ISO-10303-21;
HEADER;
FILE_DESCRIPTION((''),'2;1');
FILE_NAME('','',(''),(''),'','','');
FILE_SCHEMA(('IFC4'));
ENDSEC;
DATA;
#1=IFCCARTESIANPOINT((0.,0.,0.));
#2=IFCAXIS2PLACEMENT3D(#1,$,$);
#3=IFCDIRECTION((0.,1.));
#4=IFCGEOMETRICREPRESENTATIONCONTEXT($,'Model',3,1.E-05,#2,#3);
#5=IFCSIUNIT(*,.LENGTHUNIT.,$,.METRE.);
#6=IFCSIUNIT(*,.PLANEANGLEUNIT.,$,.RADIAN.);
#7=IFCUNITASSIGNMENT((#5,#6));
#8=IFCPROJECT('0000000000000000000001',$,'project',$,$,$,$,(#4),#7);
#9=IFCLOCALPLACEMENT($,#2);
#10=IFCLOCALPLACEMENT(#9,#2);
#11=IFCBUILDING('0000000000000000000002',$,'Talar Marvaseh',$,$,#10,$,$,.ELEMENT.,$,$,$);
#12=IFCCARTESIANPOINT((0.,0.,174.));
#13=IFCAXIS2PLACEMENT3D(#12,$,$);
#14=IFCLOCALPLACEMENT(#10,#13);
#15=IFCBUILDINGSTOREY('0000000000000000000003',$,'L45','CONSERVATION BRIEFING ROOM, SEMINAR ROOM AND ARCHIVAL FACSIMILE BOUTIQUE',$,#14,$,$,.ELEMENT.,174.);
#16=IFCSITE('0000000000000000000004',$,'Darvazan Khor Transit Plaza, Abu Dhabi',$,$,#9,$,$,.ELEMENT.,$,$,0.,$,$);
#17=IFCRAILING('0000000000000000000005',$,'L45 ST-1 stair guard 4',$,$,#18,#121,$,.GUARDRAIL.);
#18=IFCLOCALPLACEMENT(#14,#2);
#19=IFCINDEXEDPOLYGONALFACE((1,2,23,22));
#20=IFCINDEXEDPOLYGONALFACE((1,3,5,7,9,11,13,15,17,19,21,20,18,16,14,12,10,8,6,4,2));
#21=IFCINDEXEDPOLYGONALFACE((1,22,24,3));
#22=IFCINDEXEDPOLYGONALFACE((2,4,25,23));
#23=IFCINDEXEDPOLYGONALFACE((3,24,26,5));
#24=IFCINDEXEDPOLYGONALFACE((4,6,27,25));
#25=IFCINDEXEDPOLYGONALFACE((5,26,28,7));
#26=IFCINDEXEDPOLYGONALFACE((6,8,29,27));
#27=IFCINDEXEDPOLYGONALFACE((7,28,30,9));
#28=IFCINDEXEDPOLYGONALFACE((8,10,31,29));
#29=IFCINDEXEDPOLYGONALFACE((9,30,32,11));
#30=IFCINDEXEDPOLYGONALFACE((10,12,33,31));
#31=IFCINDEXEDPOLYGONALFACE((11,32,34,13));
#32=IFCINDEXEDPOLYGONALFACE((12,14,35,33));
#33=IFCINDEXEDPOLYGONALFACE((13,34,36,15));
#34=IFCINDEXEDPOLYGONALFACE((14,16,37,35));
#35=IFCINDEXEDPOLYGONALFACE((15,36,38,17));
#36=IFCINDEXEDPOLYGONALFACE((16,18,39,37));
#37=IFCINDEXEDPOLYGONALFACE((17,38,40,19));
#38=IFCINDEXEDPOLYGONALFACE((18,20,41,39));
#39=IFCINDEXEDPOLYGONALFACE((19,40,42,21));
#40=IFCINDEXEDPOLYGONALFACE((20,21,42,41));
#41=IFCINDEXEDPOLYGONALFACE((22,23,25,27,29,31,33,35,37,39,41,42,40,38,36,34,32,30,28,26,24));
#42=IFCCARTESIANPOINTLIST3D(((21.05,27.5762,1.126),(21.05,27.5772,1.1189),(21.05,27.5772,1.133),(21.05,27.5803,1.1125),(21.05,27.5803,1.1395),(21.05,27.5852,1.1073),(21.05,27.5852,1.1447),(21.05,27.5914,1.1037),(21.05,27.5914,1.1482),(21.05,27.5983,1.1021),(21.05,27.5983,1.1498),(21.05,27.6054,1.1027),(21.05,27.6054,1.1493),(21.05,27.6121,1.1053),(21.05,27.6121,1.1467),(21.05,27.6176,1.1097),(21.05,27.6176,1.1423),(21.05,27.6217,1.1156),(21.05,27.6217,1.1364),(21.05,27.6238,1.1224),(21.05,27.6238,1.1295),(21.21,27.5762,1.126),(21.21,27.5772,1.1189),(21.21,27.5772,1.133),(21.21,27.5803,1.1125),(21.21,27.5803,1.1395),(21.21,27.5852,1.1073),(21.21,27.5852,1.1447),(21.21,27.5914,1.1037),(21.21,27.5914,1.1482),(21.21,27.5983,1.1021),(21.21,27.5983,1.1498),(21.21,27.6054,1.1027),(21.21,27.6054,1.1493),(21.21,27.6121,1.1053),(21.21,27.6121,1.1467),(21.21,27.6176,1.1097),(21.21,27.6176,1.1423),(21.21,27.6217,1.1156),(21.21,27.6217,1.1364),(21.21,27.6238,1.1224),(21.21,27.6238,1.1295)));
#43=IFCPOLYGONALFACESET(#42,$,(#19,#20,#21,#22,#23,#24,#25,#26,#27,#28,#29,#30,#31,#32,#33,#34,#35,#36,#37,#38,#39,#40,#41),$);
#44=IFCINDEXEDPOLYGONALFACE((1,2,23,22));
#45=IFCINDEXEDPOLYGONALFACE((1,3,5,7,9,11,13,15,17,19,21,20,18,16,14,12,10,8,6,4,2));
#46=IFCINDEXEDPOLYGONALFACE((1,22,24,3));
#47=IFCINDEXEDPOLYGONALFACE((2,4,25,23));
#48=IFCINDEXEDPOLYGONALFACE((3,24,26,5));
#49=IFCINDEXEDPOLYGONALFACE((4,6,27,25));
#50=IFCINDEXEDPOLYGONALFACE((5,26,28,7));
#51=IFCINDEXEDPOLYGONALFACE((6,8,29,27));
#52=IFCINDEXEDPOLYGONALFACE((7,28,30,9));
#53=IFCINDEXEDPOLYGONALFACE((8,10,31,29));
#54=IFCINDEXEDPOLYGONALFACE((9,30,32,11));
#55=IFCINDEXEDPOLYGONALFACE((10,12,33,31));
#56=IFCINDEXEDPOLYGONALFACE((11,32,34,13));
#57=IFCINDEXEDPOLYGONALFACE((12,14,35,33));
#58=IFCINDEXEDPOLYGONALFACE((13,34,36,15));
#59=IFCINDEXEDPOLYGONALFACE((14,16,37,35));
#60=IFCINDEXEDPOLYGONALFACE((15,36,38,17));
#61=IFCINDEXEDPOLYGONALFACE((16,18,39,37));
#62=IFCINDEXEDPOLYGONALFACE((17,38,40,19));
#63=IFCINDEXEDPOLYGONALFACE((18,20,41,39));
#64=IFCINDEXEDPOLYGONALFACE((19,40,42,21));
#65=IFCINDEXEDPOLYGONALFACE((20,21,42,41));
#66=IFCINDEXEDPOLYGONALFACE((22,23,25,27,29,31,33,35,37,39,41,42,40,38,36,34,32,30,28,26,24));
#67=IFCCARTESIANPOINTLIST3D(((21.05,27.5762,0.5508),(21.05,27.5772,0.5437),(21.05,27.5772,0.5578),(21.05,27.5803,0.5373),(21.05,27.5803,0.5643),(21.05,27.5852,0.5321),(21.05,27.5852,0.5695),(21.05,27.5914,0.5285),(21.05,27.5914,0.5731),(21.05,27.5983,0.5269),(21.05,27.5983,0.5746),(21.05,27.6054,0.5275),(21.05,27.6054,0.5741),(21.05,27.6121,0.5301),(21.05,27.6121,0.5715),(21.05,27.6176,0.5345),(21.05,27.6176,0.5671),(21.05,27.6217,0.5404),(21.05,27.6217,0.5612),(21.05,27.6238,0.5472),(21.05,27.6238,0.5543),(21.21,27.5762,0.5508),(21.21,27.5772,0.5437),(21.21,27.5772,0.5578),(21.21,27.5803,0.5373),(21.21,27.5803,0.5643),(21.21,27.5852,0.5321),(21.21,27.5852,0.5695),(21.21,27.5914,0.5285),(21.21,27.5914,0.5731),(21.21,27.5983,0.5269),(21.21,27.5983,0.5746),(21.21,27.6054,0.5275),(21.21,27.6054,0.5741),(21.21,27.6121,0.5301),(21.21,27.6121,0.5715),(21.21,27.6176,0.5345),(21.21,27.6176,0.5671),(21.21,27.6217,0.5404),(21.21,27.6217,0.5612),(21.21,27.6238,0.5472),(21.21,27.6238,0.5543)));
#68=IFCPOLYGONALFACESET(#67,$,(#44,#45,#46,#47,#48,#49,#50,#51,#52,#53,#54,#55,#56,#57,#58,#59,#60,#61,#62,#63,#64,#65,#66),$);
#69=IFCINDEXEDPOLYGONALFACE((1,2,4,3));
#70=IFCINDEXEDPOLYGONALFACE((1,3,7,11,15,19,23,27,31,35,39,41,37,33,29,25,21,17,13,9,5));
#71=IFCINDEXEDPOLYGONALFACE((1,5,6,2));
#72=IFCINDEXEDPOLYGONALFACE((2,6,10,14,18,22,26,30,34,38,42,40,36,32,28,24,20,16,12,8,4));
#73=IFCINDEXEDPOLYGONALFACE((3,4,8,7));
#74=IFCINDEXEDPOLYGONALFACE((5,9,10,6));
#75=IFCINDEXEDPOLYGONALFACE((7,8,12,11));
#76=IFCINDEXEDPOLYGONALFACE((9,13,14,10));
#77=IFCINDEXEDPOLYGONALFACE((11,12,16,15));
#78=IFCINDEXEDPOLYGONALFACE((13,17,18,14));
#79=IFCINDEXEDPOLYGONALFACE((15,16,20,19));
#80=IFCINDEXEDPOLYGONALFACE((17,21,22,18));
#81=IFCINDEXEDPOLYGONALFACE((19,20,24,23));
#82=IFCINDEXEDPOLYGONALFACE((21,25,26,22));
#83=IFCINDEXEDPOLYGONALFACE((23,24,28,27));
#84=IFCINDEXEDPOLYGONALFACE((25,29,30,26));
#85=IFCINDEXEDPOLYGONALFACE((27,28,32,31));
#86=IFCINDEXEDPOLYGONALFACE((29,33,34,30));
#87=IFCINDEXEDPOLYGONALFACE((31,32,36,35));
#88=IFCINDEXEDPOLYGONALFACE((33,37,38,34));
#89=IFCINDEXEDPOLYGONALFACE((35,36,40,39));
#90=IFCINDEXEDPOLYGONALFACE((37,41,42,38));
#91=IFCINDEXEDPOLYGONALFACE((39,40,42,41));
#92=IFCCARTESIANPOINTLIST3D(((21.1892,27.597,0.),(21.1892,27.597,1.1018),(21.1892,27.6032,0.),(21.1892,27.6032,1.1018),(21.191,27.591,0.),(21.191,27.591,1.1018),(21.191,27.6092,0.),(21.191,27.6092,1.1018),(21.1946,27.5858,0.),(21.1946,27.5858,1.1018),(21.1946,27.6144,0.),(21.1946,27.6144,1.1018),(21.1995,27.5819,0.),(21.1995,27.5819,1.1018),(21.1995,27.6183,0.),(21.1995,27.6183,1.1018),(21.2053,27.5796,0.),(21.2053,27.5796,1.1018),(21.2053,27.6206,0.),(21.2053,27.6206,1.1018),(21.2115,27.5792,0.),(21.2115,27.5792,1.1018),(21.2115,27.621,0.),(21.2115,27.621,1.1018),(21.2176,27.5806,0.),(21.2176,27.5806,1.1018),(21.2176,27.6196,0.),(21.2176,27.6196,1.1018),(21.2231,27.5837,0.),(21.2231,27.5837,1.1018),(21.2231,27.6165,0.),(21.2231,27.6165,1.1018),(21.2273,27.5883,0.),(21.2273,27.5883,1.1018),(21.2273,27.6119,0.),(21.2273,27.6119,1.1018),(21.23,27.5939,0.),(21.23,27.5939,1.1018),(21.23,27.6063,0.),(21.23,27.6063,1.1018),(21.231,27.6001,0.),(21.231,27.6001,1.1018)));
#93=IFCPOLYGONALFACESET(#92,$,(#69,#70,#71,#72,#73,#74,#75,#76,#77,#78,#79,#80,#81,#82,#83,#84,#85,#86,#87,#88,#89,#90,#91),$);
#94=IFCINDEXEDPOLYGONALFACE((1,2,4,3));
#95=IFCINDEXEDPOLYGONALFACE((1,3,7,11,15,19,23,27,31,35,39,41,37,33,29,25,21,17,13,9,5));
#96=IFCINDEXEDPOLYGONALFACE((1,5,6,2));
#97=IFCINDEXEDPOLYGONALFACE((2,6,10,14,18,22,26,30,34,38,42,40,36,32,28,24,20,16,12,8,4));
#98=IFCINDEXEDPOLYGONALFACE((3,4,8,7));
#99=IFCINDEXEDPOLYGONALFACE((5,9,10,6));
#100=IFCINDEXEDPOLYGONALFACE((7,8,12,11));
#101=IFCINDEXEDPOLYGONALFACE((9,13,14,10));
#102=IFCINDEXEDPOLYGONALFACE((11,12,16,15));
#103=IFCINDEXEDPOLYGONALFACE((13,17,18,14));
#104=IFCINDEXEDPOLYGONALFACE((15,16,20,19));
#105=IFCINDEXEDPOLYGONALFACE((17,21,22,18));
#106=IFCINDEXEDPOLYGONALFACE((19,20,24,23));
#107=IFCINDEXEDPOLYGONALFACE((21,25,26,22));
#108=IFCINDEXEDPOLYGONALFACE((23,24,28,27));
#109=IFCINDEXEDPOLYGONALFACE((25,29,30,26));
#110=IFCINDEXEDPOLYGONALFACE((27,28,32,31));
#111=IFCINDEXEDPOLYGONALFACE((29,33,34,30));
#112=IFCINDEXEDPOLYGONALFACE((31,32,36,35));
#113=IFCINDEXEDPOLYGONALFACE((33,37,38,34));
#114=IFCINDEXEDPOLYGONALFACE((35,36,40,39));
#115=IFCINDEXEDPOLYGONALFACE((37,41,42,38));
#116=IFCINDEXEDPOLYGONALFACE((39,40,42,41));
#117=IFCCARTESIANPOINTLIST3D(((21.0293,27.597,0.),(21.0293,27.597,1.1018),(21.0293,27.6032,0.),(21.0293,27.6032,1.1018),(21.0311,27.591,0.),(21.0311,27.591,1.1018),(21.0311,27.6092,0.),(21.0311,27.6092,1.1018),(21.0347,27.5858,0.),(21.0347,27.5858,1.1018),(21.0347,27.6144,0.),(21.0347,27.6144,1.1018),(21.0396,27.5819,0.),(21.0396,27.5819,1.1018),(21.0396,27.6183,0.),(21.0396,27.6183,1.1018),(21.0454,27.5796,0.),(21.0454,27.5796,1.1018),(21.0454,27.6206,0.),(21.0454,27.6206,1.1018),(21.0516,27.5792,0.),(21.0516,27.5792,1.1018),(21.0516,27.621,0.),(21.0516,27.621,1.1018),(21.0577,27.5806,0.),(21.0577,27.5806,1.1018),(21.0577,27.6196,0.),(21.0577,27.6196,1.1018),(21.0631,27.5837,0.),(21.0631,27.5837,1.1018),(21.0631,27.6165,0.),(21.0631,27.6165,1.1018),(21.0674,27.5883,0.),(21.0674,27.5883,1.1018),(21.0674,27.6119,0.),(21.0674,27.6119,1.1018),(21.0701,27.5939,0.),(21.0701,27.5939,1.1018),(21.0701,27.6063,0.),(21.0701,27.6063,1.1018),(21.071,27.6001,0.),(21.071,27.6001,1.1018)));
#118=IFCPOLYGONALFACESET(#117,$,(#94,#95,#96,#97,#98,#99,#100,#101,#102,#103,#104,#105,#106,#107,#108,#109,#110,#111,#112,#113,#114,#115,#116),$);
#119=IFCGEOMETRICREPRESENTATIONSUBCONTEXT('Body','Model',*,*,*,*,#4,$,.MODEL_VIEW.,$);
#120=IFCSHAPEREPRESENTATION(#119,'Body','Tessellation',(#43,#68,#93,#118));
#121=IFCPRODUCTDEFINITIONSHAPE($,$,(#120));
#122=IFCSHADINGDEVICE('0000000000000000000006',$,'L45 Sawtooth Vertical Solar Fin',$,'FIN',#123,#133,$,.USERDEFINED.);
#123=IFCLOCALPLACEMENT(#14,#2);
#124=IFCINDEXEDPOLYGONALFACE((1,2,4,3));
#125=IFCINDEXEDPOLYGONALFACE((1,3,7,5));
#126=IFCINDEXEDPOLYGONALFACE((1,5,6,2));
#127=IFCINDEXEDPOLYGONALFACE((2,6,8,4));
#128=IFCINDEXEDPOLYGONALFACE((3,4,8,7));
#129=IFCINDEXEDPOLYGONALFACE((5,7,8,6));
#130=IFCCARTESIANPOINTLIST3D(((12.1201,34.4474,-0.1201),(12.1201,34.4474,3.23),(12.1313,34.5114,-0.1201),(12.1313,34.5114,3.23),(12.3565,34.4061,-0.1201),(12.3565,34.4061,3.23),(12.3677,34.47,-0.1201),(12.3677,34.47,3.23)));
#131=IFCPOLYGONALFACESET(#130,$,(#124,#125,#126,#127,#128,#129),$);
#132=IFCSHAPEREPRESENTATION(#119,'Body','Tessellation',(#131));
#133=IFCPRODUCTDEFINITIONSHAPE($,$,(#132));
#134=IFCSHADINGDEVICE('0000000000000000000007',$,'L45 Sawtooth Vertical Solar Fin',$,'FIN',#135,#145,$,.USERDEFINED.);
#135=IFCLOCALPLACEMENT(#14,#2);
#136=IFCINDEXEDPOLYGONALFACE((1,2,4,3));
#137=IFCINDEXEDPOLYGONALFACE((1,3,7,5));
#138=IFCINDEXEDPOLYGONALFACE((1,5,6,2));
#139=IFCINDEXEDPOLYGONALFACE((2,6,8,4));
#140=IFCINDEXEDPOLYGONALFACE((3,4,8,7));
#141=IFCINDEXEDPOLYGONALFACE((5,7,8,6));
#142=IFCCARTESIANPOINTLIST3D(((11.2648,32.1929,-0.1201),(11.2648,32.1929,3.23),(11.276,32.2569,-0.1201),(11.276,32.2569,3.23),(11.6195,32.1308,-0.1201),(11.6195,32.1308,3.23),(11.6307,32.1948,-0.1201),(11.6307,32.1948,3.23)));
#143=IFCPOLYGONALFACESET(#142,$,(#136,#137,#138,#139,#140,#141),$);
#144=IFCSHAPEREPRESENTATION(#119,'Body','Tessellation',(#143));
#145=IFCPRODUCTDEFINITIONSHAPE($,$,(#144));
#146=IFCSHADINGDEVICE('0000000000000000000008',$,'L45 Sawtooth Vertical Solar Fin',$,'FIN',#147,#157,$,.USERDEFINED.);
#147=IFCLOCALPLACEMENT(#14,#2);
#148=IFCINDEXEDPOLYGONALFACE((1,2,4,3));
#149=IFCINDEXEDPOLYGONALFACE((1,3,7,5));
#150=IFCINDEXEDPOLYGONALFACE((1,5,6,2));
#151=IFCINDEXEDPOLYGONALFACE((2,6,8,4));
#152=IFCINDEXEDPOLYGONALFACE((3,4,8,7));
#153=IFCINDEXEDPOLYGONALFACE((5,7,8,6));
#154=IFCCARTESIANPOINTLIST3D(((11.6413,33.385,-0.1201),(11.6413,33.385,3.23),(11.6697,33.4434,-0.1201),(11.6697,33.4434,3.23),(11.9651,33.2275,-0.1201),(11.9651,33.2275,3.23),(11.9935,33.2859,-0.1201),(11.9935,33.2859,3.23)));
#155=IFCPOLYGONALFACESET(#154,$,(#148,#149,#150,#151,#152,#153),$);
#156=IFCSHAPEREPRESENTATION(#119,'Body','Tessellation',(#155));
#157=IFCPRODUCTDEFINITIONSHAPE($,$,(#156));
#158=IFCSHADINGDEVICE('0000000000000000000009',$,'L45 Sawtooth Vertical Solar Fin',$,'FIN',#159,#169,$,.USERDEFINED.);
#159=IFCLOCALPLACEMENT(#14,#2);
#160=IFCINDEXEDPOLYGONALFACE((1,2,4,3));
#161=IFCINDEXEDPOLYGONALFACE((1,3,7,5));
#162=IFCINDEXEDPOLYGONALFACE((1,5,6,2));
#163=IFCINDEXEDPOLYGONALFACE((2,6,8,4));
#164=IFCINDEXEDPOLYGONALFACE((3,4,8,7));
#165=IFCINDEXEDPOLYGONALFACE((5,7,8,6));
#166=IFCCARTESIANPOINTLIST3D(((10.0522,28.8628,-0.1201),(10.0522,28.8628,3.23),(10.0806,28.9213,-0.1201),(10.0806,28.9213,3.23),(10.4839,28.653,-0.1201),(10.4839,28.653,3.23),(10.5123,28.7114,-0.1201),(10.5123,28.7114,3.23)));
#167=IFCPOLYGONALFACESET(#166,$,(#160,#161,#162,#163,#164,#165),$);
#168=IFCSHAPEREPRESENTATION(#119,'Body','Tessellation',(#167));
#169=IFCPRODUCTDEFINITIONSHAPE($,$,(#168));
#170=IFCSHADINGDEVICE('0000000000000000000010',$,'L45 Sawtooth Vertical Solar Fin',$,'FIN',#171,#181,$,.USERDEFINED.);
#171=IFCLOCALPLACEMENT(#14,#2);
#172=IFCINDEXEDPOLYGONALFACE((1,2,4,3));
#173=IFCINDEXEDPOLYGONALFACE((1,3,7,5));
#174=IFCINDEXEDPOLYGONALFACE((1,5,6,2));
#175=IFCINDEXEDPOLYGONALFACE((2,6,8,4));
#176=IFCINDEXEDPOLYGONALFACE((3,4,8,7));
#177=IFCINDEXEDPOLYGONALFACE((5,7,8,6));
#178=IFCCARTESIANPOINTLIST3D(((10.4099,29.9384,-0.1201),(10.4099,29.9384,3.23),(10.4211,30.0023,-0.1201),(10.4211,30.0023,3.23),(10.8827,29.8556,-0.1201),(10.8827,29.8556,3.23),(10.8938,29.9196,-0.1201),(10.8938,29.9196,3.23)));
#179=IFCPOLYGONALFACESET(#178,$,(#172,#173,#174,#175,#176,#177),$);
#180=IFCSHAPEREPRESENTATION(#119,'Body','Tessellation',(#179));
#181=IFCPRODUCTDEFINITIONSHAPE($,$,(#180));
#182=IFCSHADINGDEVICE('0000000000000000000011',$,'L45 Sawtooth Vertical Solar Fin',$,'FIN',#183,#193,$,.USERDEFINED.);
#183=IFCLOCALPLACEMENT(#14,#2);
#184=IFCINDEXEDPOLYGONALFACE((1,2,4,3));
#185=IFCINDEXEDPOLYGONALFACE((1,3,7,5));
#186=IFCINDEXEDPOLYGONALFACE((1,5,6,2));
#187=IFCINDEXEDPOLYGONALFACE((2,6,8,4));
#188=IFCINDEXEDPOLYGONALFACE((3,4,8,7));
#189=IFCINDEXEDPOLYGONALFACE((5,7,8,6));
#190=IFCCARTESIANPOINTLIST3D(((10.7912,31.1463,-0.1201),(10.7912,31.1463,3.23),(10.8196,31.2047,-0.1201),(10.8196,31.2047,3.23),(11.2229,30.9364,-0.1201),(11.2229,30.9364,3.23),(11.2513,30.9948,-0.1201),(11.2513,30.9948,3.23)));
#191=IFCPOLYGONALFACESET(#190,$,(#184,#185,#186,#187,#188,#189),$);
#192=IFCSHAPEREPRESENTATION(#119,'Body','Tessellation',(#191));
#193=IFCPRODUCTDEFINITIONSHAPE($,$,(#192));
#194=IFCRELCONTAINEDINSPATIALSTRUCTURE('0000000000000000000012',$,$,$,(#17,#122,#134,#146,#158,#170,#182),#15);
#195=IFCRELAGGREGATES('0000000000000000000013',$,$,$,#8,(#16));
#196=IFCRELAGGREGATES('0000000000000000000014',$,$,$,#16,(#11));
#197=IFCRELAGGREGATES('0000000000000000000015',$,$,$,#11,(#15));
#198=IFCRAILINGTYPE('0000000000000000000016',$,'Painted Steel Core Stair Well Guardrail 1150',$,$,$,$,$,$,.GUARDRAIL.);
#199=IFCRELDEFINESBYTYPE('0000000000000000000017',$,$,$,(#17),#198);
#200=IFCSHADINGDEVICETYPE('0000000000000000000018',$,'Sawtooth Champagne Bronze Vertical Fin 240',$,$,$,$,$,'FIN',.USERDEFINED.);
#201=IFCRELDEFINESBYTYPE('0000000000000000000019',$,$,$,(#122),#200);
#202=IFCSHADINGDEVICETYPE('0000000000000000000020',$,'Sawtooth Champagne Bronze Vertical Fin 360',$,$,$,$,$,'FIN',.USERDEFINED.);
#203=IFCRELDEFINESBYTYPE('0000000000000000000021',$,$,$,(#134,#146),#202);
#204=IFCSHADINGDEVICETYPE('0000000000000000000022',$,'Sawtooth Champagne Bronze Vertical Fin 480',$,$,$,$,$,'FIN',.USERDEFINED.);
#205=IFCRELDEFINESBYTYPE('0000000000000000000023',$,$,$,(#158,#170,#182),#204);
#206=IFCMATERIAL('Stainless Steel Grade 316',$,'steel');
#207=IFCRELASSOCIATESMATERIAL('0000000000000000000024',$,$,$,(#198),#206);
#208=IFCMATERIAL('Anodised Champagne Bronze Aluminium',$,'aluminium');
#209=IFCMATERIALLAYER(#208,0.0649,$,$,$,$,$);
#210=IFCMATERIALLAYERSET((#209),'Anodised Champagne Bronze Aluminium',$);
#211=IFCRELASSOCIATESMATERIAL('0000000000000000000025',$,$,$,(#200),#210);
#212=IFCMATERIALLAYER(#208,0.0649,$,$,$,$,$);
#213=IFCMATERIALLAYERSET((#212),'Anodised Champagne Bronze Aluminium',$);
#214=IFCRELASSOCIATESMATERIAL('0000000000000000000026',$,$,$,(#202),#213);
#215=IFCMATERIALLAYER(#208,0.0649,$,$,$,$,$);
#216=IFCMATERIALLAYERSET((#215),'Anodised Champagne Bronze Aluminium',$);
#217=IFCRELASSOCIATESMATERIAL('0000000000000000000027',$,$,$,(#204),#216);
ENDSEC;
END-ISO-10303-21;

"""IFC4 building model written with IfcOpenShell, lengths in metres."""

from ifc_helpers import new_model, si_unit, direction, frame, origin, origin_2d, place, context, subcontext, project, spatial, rectangle, circle, extrude, source, transform, mapped, material, layer, layer_set, type_object, type_shapes, element, save


model = new_model("IFC4")

# Units and contexts
model_context = context("Model", 3, precision=1e-05, world=origin(), true_north=direction((0.0, 1.0)))
body_context = subcontext(model_context, "Body", "Model", "MODEL_VIEW")
ifc_project = project(units=[si_unit("LENGTHUNIT", "METRE"), si_unit("PLANEANGLEUNIT", "RADIAN")], contexts=[model_context])

# Site, building, storey
site_placement = place(None, origin())
site = spatial("IfcSite", under=ifc_project, at=site_placement, Name="Darvazan Khor Transit Plaza, Abu Dhabi", CompositionType="ELEMENT", RefElevation=0.0)
building_placement = place(site_placement, origin())
building = spatial("IfcBuilding", under=site, at=building_placement, Name="Talar Marvaseh", CompositionType="ELEMENT")
storey_placement = place(building_placement, frame((0.0, 0.0, 174.0)))
storey = spatial("IfcBuildingStorey", under=building, at=storey_placement, Name="L45", Description="CONSERVATION BRIEFING ROOM, SEMINAR ROOM AND ARCHIVAL FACSIMILE BOUTIQUE", CompositionType="ELEMENT", Elevation=174.0)

# Railing
ifc_material_1 = material(Name="Stainless Steel Grade 316", Category="steel")
railing_type_1 = type_object("IfcRailingType", Name="Painted Steel Core Stair Well Guardrail 1150", PredefinedType="GUARDRAIL", material=ifc_material_1)
railing_1_placement = place(storey_placement, frame((21.21, 27.6001, 0.0)))
element("IfcRailing", 1, at=railing_1_placement, inside=storey, type_object=railing_type_1, Name="L45 ST-1 stair guard 4", PredefinedType="GUARDRAIL", context=body_context, shape_type="SweptSolid", body=[
    extrude(circle(Radius=0.0239, at=origin_2d()), frame((0.0, 0.0, 1.126), z_axis=(-1.0, 0.0, 0.0), x_axis=(0.0, -1.0, 0.0)), (0.0, 0.0, 1.0), 0.1599),
    extrude(circle(Radius=0.0239, at=origin_2d()), frame((0.0, 0.0, 0.5508), z_axis=(-1.0, 0.0, 0.0), x_axis=(0.0, -1.0, 0.0)), (0.0, 0.0, 1.0), 0.1599),
    extrude(circle(Radius=0.021, at=origin_2d()), origin(), (0.0, 0.0, 1.0), 1.1018),
    extrude(circle(Radius=0.021, at=origin_2d()), frame((-0.1599, 0.0, 0.0)), (0.0, 0.0, 1.0), 1.1018),
])

# Shading devices
ifc_material_2 = material(Name="Anodised Champagne Bronze Aluminium", Category="aluminium")
ifc_layer_1 = layer(ifc_material_2, 0.0649)
ifc_layer_set_1 = layer_set([ifc_layer_1], Name="Anodised Champagne Bronze Aluminium")
shading_device_type_1 = type_object("IfcShadingDeviceType", Name="Sawtooth Champagne Bronze Vertical Fin 240", ElementType="FIN", PredefinedType="USERDEFINED", material=ifc_layer_set_1)
shared_shape_1 = source(origin(), body_context, "Body", "SweptSolid", [
    extrude(rectangle(XDim=0.24, YDim=0.0649, at=origin_2d()), origin(), (0.0, 0.0, 1.0), 3.3501),
])
type_shapes(shading_device_type_1, [shared_shape_1])
shading_device_placement = place(storey_placement, frame((12.2439, 34.4587, -0.1201), z_axis=(0.0, 0.0, 1.0), x_axis=(-0.985019, 0.172445, 0.0)))
element("IfcShadingDevice", 2, at=shading_device_placement, inside=storey, type_object=shading_device_type_1, Name="L45 Sawtooth Vertical Solar Fin", ObjectType="FIN", PredefinedType="USERDEFINED", context=body_context, shape_type="MappedRepresentation", body=[
    mapped(shared_shape_1, transform((0.0, 0.0, 0.0), x_axis=(1.0, 0.0, 0.0), y_axis=(0.0, 1.0, 0.0), z_axis=(0.0, 0.0, 1.0), scale=1.0)),
])
ifc_layer_2 = layer(ifc_material_2, 0.0649)
ifc_layer_set_2 = layer_set([ifc_layer_2], Name="Anodised Champagne Bronze Aluminium")
shading_device_type_2 = type_object("IfcShadingDeviceType", Name="Sawtooth Champagne Bronze Vertical Fin 360", ElementType="FIN", PredefinedType="USERDEFINED", material=ifc_layer_set_2)
shared_shape_2 = source(origin(), body_context, "Body", "SweptSolid", [
    extrude(rectangle(XDim=0.3601, YDim=0.0649, at=origin_2d()), origin(), (0.0, 0.0, 1.0), 3.3501),
])
type_shapes(shading_device_type_2, [shared_shape_2])
for number, where, z_axis, x_axis, name in (
    (3, (11.4478, 32.1938, -0.1201), (0.0, 0.0, 1.0), (-0.985019, 0.172445, 0.0), "L45 Sawtooth Vertical Solar Fin"),
    (4, (11.8174, 33.3354, -0.1201), (0.0, 0.0, 1.0), (-0.899329, 0.437273, 0.0), "L45 Sawtooth Vertical Solar Fin"),
):
    element("IfcShadingDevice", number, at=place(storey_placement, frame(where, z_axis=z_axis, x_axis=x_axis)), inside=storey, type_object=shading_device_type_2, Name=name, ObjectType="FIN", PredefinedType="USERDEFINED", context=body_context, shape_type="MappedRepresentation", body=[
        mapped(shared_shape_2, transform((0.0, 0.0, 0.0), x_axis=(1.0, 0.0, 0.0), y_axis=(0.0, 1.0, 0.0), z_axis=(0.0, 0.0, 1.0), scale=1.0)),
    ])
ifc_layer_3 = layer(ifc_material_2, 0.0649)
ifc_layer_set_3 = layer_set([ifc_layer_3], Name="Anodised Champagne Bronze Aluminium")
shading_device_type_3 = type_object("IfcShadingDeviceType", Name="Sawtooth Champagne Bronze Vertical Fin 480", ElementType="FIN", PredefinedType="USERDEFINED", material=ifc_layer_set_3)
shared_shape_3 = source(origin(), body_context, "Body", "SweptSolid", [
    extrude(rectangle(XDim=0.48, YDim=0.0649, at=origin_2d()), origin(), (0.0, 0.0, 1.0), 3.3501),
])
type_shapes(shading_device_type_3, [shared_shape_3])
for number, where, z_axis, x_axis, name in (
    (5, (10.2822, 28.7871, -0.1201), (0.0, 0.0, 1.0), (-0.899329, 0.437273, 0.0), "L45 Sawtooth Vertical Solar Fin"),
    (6, (10.6519, 29.929, -0.1201), (0.0, 0.0, 1.0), (-0.985019, 0.172445, 0.0), "L45 Sawtooth Vertical Solar Fin"),
    (7, (11.0212, 31.0706, -0.1201), (0.0, 0.0, 1.0), (-0.899329, 0.437273, 0.0), "L45 Sawtooth Vertical Solar Fin"),
):
    element("IfcShadingDevice", number, at=place(storey_placement, frame(where, z_axis=z_axis, x_axis=x_axis)), inside=storey, type_object=shading_device_type_3, Name=name, ObjectType="FIN", PredefinedType="USERDEFINED", context=body_context, shape_type="MappedRepresentation", body=[
        mapped(shared_shape_3, transform((0.0, 0.0, 0.0), x_axis=(1.0, 0.0, 0.0), y_axis=(0.0, 1.0, 0.0), z_axis=(0.0, 0.0, 1.0), scale=1.0)),
    ])

save(model, "model.ifc")
